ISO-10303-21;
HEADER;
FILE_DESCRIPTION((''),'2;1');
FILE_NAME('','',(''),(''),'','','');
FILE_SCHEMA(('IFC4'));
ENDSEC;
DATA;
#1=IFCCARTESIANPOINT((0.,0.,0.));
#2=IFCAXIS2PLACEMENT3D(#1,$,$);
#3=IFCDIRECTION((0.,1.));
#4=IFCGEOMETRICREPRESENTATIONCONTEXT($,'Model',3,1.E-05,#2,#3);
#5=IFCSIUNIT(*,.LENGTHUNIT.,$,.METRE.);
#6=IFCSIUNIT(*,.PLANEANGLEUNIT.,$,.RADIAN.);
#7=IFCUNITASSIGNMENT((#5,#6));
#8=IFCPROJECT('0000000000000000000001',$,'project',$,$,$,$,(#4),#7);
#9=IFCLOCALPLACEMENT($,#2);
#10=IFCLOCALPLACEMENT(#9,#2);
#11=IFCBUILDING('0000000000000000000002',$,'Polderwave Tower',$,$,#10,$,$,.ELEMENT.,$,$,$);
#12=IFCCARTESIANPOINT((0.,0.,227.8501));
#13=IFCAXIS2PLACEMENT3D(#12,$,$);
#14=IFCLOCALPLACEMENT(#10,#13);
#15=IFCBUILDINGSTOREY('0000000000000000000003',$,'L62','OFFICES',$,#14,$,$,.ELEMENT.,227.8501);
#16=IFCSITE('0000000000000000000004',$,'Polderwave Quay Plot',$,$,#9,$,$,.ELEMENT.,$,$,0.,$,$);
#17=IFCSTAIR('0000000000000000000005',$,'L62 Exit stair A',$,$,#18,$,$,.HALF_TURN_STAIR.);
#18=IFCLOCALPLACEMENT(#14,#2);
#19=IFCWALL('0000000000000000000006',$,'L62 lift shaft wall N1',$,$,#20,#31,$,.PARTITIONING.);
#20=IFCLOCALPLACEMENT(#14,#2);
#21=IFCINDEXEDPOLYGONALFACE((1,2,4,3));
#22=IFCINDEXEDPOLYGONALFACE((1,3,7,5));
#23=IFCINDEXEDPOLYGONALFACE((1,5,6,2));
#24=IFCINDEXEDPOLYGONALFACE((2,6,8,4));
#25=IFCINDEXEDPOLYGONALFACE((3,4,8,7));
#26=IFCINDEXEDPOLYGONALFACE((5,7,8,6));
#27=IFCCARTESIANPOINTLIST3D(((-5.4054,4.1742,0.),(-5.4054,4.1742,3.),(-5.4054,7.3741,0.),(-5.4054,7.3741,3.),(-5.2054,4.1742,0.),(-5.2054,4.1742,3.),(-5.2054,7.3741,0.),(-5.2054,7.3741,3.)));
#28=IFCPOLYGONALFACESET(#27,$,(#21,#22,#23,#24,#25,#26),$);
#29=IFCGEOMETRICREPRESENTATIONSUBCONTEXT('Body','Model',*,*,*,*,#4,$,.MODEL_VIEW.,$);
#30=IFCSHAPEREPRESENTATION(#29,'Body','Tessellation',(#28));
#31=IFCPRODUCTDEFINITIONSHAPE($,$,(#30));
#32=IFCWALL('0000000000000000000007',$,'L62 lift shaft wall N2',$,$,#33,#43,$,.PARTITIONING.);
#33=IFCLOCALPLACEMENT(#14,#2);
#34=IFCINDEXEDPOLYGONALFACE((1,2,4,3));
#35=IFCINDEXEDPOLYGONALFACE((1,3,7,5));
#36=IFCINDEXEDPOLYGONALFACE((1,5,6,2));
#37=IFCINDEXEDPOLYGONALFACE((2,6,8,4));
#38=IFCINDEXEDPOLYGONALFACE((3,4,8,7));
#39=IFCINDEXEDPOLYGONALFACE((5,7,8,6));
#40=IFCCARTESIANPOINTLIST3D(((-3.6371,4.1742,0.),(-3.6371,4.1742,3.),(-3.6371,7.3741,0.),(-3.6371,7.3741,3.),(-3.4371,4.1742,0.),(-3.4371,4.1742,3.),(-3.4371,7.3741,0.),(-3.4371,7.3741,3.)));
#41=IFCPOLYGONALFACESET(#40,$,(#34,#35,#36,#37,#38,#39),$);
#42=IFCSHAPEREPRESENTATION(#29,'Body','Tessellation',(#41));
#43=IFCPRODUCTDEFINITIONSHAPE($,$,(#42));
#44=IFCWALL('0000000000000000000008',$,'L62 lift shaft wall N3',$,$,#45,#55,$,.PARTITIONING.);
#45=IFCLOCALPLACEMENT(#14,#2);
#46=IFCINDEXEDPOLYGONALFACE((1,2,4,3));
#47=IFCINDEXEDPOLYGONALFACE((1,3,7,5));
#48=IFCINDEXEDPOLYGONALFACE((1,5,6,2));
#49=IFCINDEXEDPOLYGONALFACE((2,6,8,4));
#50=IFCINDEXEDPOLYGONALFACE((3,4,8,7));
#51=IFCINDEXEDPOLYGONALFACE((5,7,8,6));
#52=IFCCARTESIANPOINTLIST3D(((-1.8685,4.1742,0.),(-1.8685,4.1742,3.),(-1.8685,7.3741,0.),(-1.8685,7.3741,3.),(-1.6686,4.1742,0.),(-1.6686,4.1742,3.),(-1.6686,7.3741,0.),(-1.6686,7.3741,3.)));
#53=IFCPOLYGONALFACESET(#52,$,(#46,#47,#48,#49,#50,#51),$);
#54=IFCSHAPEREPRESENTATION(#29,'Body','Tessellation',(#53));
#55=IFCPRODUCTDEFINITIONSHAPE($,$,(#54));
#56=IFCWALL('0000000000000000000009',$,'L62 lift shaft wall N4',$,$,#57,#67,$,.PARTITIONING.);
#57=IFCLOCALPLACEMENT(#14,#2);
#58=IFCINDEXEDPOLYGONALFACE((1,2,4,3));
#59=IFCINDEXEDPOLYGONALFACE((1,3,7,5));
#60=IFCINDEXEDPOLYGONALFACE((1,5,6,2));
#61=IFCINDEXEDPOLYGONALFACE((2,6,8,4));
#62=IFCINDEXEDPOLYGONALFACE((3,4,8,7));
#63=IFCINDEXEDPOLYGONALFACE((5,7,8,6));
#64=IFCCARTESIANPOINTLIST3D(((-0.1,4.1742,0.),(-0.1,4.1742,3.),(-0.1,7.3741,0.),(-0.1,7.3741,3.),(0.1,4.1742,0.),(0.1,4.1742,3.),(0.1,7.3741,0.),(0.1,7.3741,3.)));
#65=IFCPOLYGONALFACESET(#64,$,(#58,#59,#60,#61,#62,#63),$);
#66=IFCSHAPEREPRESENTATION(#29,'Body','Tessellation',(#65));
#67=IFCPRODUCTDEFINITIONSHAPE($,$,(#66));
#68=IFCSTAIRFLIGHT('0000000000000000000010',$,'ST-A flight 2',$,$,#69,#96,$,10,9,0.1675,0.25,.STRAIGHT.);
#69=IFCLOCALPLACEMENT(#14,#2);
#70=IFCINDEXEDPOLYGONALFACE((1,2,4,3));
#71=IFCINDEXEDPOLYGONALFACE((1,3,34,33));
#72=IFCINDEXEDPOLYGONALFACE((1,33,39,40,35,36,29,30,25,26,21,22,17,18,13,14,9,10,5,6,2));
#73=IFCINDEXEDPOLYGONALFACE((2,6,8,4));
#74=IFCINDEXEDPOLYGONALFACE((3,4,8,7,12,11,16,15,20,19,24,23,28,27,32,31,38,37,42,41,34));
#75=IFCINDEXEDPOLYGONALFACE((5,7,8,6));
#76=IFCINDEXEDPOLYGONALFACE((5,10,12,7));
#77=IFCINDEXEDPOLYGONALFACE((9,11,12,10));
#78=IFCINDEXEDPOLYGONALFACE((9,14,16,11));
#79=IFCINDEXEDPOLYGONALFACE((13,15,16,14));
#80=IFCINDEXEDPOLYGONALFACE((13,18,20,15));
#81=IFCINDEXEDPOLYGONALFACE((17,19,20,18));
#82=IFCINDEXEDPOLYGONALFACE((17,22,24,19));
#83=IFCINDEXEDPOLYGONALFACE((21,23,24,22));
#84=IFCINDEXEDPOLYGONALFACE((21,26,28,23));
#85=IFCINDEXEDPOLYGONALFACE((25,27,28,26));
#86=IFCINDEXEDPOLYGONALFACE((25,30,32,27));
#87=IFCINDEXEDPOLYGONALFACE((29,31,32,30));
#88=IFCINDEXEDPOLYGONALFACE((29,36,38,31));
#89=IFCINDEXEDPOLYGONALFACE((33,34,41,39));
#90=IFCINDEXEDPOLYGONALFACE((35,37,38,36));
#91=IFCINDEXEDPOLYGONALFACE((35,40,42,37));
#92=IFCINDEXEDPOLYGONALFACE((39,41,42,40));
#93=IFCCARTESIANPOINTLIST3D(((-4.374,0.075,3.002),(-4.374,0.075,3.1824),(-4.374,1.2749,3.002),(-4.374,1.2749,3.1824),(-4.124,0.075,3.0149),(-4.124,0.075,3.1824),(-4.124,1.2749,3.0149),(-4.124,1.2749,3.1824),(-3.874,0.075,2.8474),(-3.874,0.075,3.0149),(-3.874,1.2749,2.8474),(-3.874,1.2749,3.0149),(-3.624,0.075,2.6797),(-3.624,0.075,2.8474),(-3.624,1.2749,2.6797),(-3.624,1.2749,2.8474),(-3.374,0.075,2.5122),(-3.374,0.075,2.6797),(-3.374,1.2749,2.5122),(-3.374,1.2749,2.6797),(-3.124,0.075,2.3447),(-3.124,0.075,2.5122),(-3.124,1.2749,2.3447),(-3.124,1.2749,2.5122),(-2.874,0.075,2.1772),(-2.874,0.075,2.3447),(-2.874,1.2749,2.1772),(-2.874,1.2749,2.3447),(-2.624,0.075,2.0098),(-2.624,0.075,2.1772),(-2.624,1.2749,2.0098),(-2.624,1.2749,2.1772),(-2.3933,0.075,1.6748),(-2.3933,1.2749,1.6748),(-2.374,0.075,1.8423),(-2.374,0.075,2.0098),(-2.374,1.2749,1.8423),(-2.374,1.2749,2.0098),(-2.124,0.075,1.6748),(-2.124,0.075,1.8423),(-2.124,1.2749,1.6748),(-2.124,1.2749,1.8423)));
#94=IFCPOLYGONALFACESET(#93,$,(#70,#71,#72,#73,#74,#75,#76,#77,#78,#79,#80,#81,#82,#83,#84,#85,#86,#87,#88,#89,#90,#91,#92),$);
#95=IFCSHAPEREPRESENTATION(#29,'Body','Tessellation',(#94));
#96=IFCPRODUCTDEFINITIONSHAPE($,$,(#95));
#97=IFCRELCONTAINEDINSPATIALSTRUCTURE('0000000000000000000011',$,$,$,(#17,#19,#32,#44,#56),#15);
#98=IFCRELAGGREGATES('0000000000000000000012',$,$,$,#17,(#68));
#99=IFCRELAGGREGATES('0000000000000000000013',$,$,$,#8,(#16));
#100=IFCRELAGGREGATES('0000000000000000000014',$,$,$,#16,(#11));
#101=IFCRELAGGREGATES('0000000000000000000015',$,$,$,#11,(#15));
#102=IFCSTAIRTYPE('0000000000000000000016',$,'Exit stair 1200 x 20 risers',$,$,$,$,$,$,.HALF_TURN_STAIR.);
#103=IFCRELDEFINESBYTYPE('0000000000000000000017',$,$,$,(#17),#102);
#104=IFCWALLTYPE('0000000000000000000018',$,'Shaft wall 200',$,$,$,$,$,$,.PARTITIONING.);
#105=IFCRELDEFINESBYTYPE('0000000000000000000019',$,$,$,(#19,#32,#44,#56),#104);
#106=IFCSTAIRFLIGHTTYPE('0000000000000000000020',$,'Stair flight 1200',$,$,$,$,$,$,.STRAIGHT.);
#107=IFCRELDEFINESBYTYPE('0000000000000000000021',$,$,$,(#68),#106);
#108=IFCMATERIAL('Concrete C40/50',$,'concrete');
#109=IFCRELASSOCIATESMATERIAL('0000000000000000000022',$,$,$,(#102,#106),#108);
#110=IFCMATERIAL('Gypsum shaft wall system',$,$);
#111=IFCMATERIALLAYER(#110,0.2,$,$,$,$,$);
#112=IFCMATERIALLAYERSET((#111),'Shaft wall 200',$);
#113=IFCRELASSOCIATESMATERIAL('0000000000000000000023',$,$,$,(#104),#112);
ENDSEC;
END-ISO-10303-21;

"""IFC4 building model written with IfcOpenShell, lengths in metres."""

from ifc_helpers import new_model, si_unit, direction, frame, frame_2d, origin, place, context, subcontext, project, spatial, polyline, rectangle, outline, extrude, material, layer, layer_set, type_object, element, aggregate, save


model = new_model("IFC4")

# Units and contexts
model_context = context("Model", 3, precision=1e-05, world=origin(), true_north=direction((0.0, 1.0)))
body_context = subcontext(model_context, "Body", "Model", "MODEL_VIEW")
ifc_project = project(units=[si_unit("LENGTHUNIT", "METRE"), si_unit("PLANEANGLEUNIT", "RADIAN")], contexts=[model_context])

# Site, building, storey
site_placement = place(None, origin())
site = spatial("IfcSite", under=ifc_project, at=site_placement, Name="Polderwave Quay Plot", CompositionType="ELEMENT", RefElevation=0.0)
building_placement = place(site_placement, origin())
building = spatial("IfcBuilding", under=site, at=building_placement, Name="Polderwave Tower", CompositionType="ELEMENT")
storey_placement = place(building_placement, frame((0.0, 0.0, 227.8501)))
storey = spatial("IfcBuildingStorey", under=building, at=storey_placement, Name="L62", Description="OFFICES", CompositionType="ELEMENT", Elevation=227.8501)

# Shared definitions
ifc_material_1 = material(Name="Concrete C40/50", Category="concrete")

# Stair
stair_type = type_object("IfcStairType", Name="Exit stair 1200 x 20 risers", PredefinedType="HALF_TURN_STAIR", material=ifc_material_1)
stair_1_placement = place(storey_placement, origin())
stair_1 = element("IfcStair", 1, at=stair_1_placement, inside=storey, type_object=stair_type, Name="L62 Exit stair A", PredefinedType="HALF_TURN_STAIR")

# Walls
ifc_material_2 = material(Name="Gypsum shaft wall system")
ifc_layer_1 = layer(ifc_material_2, 0.2)
ifc_layer_set_1 = layer_set([ifc_layer_1], Name="Shaft wall 200")
wall_type_1 = type_object("IfcWallType", Name="Shaft wall 200", PredefinedType="PARTITIONING", material=ifc_layer_set_1)
for number, where, z_axis, x_axis, name in (
    (2, (-5.3054, 4.1741, 0.0), (0.0, 0.0, 1.0), (0.0, 1.0, 0.0), "L62 lift shaft wall N1"),
    (3, (-3.5371, 4.1741, 0.0), (0.0, 0.0, 1.0), (0.0, 1.0, 0.0), "L62 lift shaft wall N2"),
    (4, (-1.7686, 4.1741, 0.0), (0.0, 0.0, 1.0), (0.0, 1.0, 0.0), "L62 lift shaft wall N3"),
    (5, (0.0, 4.1741, 0.0), (0.0, 0.0, 1.0), (0.0, 1.0, 0.0), "L62 lift shaft wall N4"),
):
    element("IfcWall", number, at=place(storey_placement, frame(where, z_axis=z_axis, x_axis=x_axis)), inside=storey, type_object=wall_type_1, Name=name, PredefinedType="PARTITIONING", context=body_context, shape_type="SweptSolid", body=[
        extrude(rectangle(XDim=3.2, YDim=0.2, at=frame_2d((1.6001, 0.0))), origin(), (0.0, 0.0, 1.0), 3.0),
    ])

# Stair flight
stair_flight_type = type_object("IfcStairFlightType", Name="Stair flight 1200", PredefinedType="STRAIGHT", material=ifc_material_1)
stair_flight_placement = place(storey_placement, frame((-2.124, 0.675, 1.6748), z_axis=(0.0, 0.0, 1.0), x_axis=(-1.0, 0.0, 0.0)))
stair_flight = element("IfcStairFlight", 6, at=stair_flight_placement, type_object=stair_flight_type, Name="ST-A flight 2", NumberOfRisers=10, NumberOfTreads=9, PredefinedType="STRAIGHT", RiserHeight=0.1675, TreadLength=0.25, context=body_context, shape_type="SweptSolid", body=[
    extrude(outline(polyline([(0.0, 0.0), (0.0, 0.1675), (0.25, 0.1675), (0.25, 0.335), (0.5, 0.335), (0.5, 0.5024), (0.75, 0.5024), (0.75, 0.6699), (1.0, 0.6699), (1.0, 0.8374), (1.25, 0.8374), (1.25, 1.0049), (1.5, 1.0049), (1.5, 1.1726), (1.75, 1.1726), (1.75, 1.3401), (2.0, 1.3401), (2.0, 1.5076), (2.25, 1.5076), (2.25, 1.675), (2.25, 1.3271), (0.2693, 0.0), (0.0, 0.0)])), frame((0.0, 0.6001, 0.0), z_axis=(0.0, -1.0, 0.0), x_axis=(1.0, 0.0, 0.0)), (0.0, 0.0, 1.0), 1.2),
])
aggregate(stair_1, [stair_flight])

save(model, "model.ifc")
